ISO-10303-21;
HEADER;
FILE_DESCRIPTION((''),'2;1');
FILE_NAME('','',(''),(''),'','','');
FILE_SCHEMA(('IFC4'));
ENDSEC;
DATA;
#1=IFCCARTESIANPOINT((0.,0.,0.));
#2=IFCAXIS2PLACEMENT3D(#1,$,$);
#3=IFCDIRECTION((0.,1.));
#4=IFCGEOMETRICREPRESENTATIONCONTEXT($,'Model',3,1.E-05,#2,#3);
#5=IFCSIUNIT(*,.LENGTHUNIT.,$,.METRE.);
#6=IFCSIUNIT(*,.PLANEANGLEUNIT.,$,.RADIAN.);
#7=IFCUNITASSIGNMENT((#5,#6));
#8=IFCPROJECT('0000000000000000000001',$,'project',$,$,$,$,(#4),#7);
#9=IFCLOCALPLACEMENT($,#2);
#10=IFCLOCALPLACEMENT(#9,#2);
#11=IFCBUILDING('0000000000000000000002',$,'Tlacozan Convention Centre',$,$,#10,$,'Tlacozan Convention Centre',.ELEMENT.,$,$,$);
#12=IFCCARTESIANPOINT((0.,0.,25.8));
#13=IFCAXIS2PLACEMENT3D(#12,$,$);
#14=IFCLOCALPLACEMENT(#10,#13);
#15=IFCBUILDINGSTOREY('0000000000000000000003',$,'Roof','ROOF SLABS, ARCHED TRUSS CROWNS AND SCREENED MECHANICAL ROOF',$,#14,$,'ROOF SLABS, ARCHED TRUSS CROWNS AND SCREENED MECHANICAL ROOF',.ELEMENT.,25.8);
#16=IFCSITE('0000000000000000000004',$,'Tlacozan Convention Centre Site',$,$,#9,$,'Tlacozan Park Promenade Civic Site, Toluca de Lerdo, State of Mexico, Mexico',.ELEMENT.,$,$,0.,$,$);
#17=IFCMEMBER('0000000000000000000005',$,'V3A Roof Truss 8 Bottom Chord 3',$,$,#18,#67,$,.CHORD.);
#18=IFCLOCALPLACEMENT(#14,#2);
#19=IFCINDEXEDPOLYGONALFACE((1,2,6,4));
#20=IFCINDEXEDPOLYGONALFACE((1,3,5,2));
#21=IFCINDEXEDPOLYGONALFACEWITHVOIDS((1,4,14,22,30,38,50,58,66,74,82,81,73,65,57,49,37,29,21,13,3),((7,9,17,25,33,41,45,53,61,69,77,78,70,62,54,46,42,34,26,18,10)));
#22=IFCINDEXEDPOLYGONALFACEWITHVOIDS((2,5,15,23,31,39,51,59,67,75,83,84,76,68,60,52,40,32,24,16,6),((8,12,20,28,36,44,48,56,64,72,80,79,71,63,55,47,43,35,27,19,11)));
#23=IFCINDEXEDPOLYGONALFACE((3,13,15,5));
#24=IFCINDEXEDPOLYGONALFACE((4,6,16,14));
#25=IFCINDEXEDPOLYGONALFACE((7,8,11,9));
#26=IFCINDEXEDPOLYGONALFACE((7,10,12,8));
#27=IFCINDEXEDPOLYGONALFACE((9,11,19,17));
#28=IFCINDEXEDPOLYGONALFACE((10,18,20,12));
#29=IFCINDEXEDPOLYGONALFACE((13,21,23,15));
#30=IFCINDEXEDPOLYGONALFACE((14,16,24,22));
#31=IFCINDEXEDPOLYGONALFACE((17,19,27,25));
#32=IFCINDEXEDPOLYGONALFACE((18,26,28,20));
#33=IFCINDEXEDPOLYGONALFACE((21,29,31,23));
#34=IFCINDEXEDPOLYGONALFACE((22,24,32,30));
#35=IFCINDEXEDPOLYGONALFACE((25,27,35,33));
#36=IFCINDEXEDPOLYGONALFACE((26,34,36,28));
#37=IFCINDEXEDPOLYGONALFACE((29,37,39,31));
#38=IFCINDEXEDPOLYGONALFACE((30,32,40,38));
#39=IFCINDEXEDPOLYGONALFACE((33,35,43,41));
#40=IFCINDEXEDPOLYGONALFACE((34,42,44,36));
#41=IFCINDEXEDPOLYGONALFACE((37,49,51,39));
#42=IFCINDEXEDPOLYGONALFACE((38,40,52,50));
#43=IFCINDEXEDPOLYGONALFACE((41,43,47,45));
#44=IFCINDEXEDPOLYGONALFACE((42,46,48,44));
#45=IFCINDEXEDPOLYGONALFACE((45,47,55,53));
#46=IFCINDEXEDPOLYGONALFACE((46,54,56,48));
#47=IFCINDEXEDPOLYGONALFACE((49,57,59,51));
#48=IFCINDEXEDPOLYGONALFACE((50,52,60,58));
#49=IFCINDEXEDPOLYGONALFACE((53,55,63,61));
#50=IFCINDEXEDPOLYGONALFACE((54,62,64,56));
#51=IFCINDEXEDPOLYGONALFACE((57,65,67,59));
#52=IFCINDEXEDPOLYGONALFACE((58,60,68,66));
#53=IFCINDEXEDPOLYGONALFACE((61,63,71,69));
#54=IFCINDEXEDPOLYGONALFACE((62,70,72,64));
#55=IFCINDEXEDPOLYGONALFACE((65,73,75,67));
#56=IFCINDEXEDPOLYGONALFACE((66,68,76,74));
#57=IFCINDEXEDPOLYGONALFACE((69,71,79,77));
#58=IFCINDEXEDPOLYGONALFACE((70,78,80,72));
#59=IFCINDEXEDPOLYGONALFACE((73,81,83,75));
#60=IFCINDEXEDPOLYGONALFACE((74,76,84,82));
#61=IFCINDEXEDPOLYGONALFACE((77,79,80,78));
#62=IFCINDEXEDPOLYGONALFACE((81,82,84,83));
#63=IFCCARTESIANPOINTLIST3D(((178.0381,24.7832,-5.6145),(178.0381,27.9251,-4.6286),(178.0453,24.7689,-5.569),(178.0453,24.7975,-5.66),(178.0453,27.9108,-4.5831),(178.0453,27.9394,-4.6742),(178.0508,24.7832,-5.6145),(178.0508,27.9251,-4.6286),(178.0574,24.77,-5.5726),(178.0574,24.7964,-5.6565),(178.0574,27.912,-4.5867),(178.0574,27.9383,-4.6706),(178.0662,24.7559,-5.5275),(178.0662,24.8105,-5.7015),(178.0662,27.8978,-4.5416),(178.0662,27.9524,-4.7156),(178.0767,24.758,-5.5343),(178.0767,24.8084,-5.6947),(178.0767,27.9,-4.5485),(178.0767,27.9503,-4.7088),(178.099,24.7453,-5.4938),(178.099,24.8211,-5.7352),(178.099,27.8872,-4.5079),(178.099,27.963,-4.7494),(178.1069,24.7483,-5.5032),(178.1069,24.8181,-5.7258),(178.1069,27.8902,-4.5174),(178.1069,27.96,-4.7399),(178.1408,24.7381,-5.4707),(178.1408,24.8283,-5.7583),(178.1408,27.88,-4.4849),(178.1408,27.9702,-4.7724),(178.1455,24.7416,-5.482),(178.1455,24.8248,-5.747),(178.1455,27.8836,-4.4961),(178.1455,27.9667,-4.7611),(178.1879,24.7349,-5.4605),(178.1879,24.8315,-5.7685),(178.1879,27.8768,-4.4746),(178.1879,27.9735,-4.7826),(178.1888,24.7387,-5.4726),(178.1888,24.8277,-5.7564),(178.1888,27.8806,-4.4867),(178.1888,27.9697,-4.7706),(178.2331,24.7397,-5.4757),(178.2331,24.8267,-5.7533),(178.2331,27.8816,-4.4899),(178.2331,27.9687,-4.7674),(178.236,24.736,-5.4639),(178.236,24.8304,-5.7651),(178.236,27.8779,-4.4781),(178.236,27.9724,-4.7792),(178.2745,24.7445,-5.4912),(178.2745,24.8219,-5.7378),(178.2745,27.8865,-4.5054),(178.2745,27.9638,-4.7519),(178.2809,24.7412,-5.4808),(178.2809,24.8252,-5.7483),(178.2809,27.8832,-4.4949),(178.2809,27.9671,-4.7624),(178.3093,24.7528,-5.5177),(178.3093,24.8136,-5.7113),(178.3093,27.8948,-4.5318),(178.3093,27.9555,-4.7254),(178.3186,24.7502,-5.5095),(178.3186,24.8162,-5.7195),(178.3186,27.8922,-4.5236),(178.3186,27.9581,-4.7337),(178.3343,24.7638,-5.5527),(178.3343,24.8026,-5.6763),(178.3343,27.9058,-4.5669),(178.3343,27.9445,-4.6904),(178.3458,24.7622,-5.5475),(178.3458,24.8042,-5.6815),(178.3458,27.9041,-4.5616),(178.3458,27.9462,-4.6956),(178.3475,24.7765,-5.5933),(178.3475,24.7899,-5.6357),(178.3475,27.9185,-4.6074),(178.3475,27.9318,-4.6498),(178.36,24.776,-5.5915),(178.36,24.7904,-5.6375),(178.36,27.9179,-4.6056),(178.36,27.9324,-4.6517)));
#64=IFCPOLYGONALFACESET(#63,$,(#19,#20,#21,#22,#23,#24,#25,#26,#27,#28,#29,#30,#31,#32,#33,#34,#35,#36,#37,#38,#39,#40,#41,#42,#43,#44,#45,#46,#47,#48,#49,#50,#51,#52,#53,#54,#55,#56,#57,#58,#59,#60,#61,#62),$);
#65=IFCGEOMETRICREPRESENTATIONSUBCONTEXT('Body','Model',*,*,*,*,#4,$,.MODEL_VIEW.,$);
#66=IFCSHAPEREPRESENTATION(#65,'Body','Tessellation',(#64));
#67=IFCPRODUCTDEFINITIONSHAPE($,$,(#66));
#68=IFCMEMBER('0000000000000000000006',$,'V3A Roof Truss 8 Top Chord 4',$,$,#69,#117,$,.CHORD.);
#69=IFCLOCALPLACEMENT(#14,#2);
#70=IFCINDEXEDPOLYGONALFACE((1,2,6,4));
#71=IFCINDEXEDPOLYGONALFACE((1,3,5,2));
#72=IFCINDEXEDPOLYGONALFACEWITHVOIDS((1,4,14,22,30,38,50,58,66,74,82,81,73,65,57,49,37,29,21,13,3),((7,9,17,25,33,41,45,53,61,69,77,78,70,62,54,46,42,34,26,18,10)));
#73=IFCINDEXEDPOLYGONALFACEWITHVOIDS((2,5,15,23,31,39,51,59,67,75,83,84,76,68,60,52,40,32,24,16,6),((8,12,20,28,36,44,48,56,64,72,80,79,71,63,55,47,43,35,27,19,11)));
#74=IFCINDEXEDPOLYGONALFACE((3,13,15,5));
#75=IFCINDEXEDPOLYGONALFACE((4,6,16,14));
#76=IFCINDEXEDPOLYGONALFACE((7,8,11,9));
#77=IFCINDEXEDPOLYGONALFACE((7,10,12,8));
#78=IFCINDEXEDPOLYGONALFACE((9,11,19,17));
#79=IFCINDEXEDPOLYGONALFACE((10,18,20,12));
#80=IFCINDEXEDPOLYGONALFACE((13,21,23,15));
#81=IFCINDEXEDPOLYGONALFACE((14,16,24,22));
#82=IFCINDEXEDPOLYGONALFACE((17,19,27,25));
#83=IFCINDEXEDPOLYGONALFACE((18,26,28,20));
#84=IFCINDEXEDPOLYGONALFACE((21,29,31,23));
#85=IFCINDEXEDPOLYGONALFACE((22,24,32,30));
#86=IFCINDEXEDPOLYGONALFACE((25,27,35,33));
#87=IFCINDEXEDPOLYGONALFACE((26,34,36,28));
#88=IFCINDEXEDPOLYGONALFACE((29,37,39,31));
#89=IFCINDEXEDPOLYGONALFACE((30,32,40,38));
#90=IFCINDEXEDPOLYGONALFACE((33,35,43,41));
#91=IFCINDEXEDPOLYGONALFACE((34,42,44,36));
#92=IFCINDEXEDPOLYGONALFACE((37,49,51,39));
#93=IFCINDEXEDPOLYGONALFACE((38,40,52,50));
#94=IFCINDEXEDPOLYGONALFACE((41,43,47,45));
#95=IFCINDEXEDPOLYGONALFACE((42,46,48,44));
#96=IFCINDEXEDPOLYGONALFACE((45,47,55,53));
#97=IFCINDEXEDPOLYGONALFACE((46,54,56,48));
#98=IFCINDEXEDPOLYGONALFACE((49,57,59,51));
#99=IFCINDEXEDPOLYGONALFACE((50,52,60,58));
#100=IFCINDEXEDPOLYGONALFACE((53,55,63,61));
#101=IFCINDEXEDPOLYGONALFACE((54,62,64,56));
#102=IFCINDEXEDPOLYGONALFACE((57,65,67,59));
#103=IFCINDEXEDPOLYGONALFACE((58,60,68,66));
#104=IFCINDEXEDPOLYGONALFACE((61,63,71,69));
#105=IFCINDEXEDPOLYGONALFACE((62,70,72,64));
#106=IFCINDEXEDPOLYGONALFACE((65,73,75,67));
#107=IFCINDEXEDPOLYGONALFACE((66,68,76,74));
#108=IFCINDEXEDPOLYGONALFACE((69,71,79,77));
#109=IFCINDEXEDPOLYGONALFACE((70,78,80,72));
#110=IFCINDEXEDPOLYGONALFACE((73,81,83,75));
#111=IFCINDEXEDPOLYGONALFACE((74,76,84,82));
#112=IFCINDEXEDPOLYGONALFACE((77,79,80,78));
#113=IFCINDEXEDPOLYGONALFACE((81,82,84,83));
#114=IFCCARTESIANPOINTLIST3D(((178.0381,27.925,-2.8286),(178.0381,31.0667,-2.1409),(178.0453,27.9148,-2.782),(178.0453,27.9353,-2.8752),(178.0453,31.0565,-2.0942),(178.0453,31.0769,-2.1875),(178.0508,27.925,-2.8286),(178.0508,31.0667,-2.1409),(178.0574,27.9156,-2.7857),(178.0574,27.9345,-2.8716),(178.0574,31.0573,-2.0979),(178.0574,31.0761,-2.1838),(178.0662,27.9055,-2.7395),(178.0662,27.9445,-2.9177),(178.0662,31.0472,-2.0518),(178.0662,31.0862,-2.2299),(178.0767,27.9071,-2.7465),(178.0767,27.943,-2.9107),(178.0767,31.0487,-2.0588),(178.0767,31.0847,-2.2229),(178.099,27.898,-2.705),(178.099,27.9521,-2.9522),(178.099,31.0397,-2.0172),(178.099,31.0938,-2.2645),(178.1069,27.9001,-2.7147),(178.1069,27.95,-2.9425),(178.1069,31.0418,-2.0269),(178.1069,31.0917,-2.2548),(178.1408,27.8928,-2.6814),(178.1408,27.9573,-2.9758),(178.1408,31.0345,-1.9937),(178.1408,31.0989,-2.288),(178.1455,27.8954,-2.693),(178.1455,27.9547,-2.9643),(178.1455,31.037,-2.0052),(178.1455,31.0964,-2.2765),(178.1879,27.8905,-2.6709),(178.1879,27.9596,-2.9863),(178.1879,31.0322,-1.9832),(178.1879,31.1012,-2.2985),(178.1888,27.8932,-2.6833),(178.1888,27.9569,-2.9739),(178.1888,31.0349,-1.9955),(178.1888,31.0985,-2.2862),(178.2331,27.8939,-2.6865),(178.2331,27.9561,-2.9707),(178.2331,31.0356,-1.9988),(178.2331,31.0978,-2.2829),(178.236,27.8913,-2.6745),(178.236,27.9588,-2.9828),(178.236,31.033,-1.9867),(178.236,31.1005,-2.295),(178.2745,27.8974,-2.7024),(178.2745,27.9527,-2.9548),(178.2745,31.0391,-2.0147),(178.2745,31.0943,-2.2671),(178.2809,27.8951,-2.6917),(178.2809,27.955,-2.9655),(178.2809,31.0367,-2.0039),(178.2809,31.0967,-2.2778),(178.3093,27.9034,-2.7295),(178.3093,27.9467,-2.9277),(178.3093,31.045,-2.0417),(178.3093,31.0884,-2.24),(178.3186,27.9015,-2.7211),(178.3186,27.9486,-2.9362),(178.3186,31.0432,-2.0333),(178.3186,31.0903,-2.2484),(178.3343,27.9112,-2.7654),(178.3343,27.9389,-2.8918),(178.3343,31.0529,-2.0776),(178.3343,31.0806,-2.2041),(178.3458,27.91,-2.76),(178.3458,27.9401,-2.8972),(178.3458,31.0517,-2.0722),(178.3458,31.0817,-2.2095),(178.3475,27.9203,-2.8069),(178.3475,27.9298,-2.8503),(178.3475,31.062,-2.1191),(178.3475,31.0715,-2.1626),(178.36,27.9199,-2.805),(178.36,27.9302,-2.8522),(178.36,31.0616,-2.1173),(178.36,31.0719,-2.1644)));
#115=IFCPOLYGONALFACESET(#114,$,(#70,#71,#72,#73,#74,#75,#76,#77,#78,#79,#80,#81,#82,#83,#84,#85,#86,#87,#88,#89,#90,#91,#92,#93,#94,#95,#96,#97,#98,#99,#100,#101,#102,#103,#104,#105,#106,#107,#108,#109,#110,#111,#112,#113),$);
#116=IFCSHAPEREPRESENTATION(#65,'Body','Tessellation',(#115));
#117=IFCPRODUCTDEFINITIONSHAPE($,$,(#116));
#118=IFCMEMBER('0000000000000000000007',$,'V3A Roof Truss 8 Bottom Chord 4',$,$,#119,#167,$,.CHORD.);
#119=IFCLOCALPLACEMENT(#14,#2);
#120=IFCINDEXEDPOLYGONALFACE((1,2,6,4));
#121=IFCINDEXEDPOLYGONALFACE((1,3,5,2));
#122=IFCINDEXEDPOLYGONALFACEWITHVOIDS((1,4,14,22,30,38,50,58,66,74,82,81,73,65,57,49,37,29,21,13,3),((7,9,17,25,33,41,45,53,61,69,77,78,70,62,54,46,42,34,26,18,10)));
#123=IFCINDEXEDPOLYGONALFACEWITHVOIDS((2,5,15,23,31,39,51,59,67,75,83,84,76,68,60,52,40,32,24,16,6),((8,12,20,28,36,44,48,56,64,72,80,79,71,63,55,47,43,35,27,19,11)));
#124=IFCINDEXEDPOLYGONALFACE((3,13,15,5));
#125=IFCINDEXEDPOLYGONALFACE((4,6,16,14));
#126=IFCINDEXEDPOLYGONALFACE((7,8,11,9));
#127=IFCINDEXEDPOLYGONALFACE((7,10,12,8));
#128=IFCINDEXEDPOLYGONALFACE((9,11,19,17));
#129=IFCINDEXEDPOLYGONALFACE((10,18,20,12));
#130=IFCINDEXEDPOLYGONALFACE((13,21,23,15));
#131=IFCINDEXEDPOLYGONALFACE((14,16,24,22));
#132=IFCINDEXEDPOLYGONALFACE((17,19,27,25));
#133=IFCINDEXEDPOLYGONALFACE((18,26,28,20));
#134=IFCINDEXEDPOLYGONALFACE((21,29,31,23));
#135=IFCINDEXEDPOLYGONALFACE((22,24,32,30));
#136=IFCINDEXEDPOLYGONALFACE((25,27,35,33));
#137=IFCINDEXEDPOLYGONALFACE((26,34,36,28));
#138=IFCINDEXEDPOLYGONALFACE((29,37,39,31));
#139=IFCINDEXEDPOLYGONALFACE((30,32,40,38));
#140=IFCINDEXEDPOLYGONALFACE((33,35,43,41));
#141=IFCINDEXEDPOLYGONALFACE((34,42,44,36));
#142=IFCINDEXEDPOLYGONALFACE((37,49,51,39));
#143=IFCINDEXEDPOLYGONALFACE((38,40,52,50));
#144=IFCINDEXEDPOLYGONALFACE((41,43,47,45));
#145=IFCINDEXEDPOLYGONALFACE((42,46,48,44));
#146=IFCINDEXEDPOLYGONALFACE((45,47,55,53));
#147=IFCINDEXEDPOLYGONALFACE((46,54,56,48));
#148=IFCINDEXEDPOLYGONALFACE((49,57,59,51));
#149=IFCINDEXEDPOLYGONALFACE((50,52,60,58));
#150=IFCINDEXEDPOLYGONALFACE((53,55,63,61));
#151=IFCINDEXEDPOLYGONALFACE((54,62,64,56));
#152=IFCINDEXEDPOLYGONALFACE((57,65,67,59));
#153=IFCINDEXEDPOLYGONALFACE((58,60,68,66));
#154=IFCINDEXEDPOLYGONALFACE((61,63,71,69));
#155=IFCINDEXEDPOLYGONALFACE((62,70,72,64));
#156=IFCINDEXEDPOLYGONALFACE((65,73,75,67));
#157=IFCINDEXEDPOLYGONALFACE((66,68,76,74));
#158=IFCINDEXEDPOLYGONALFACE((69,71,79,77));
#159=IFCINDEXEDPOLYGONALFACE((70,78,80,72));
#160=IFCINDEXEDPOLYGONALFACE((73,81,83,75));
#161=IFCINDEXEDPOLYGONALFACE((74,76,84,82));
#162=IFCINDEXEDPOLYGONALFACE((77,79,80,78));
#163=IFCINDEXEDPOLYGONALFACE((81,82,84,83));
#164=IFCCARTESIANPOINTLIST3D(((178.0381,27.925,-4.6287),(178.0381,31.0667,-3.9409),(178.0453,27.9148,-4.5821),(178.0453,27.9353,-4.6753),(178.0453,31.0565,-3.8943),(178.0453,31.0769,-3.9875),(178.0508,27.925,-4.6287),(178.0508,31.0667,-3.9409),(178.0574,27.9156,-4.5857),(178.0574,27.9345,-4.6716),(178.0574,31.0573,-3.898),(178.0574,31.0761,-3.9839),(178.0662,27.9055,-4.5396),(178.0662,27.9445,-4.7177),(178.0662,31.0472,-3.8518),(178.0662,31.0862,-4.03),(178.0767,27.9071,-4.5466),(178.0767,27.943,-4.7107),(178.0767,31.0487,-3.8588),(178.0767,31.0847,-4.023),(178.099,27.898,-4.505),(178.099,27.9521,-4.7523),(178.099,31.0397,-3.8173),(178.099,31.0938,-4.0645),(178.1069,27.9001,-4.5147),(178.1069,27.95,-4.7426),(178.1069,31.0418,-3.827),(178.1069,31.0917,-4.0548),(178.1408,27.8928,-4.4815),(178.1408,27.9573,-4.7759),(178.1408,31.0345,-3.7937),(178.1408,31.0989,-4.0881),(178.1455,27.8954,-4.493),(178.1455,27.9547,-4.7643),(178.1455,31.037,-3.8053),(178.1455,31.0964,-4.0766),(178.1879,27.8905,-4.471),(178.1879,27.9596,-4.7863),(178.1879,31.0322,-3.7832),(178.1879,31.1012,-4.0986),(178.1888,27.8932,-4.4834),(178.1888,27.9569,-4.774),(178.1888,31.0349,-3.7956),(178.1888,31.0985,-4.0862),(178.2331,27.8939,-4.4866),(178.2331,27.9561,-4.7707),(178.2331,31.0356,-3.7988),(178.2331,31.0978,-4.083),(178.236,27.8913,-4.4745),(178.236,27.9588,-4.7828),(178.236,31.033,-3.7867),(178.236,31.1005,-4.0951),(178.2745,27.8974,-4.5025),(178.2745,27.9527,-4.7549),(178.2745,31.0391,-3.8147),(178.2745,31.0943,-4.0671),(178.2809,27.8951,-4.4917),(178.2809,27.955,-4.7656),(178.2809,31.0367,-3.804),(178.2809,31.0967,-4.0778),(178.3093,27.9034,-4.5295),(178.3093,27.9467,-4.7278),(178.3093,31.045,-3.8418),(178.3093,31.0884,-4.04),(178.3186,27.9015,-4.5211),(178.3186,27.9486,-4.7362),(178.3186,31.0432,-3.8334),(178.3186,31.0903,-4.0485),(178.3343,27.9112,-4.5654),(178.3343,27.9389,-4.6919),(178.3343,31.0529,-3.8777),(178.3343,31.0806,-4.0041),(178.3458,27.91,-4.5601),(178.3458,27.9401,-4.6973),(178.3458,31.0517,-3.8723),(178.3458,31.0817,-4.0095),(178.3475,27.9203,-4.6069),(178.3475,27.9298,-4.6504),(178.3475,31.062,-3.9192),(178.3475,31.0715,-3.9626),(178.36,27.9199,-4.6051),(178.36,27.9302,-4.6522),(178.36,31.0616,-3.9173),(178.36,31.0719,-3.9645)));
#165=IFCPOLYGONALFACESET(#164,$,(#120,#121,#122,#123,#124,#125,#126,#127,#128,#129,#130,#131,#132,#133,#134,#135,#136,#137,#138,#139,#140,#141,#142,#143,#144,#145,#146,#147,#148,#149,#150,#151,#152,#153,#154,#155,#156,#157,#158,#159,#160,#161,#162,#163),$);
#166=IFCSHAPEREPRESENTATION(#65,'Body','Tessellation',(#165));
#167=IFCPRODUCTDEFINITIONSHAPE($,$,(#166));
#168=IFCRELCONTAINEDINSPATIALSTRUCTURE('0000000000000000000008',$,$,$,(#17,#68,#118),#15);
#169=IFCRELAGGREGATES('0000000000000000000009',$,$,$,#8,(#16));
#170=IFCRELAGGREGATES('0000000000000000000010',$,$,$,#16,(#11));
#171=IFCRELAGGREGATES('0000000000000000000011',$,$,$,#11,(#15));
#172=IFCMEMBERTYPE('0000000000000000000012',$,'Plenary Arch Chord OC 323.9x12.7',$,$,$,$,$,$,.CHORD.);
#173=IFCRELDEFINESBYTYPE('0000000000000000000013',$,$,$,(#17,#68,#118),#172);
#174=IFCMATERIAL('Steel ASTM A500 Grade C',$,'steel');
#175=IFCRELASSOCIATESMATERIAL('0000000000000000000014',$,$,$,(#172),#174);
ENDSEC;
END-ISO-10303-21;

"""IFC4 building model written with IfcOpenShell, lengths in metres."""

from ifc_helpers import new_model, si_unit, direction, frame, origin, origin_2d, place, context, subcontext, project, spatial, hollow_circle, extrude, material, material_profile, profile_set, type_object, element, save


model = new_model("IFC4")

# Units and contexts
model_context = context("Model", 3, precision=1e-05, world=origin(), true_north=direction((0.0, 1.0)))
body_context = subcontext(model_context, "Body", "Model", "MODEL_VIEW")
ifc_project = project(units=[si_unit("LENGTHUNIT", "METRE"), si_unit("PLANEANGLEUNIT", "RADIAN")], contexts=[model_context])

# Site, building, storey
site_placement = place(None, origin())
site = spatial("IfcSite", under=ifc_project, at=site_placement, Name="Tlacozan Convention Centre Site", LongName="Tlacozan Park Promenade Civic Site, Toluca de Lerdo, State of Mexico, Mexico", CompositionType="ELEMENT", RefElevation=0.0)
building_placement = place(site_placement, origin())
building = spatial("IfcBuilding", under=site, at=building_placement, Name="Tlacozan Convention Centre", LongName="Tlacozan Convention Centre", CompositionType="ELEMENT")
storey_placement = place(building_placement, frame((0.0, 0.0, 25.8)))
storey = spatial("IfcBuildingStorey", under=building, at=storey_placement, Name="Roof", Description="ROOF SLABS, ARCHED TRUSS CROWNS AND SCREENED MECHANICAL ROOF", LongName="ROOF SLABS, ARCHED TRUSS CROWNS AND SCREENED MECHANICAL ROOF", CompositionType="ELEMENT", Elevation=25.8)

# Members
ifc_material_1 = material(Name="Steel ASTM A500 Grade C", Category="steel")
ifc_material_profile_1 = material_profile(ifc_material_1, hollow_circle(Radius=0.1619, WallThickness=0.0127, at=origin_2d()), Name="OC 323.9x12.7")
ifc_profile_set_1 = profile_set([ifc_material_profile_1], Name="Steel ASTM A500 Grade C")
member_type_1 = type_object("IfcMemberType", Name="Plenary Arch Chord OC 323.9x12.7", PredefinedType="CHORD", material=ifc_profile_set_1)
for number, where, z_axis, x_axis, name in (
    (1, (178.2, 24.7832, -5.6145), (0.0, 0.954132, 0.299385), (-1.0, 0.0, 0.0), "V3A Roof Truss 8 Bottom Chord 3"),
):
    element("IfcMember", number, at=place(storey_placement, frame(where, z_axis=z_axis, x_axis=x_axis)), inside=storey, type_object=member_type_1, Name=name, PredefinedType="CHORD", context=body_context, shape_type="SweptSolid", body=[
        extrude(hollow_circle(Radius=0.1619, WallThickness=0.0127, at=origin_2d()), origin(), (0.0, 0.0, 1.0), 3.293),
    ])
for number, where, z_axis, x_axis, name in (
    (2, (178.2, 27.925, -2.8286), (0.0, 0.976866, 0.213851), (-1.0, 0.0, 0.0), "V3A Roof Truss 8 Top Chord 4"),
    (3, (178.2, 27.925, -4.6287), (0.0, 0.976866, 0.213851), (-1.0, 0.0, 0.0), "V3A Roof Truss 8 Bottom Chord 4"),
):
    element("IfcMember", number, at=place(storey_placement, frame(where, z_axis=z_axis, x_axis=x_axis)), inside=storey, type_object=member_type_1, Name=name, PredefinedType="CHORD", context=body_context, shape_type="SweptSolid", body=[
        extrude(hollow_circle(Radius=0.1619, WallThickness=0.0127, at=origin_2d()), origin(), (0.0, 0.0, 1.0), 3.2161),
    ])

save(model, "model.ifc")
